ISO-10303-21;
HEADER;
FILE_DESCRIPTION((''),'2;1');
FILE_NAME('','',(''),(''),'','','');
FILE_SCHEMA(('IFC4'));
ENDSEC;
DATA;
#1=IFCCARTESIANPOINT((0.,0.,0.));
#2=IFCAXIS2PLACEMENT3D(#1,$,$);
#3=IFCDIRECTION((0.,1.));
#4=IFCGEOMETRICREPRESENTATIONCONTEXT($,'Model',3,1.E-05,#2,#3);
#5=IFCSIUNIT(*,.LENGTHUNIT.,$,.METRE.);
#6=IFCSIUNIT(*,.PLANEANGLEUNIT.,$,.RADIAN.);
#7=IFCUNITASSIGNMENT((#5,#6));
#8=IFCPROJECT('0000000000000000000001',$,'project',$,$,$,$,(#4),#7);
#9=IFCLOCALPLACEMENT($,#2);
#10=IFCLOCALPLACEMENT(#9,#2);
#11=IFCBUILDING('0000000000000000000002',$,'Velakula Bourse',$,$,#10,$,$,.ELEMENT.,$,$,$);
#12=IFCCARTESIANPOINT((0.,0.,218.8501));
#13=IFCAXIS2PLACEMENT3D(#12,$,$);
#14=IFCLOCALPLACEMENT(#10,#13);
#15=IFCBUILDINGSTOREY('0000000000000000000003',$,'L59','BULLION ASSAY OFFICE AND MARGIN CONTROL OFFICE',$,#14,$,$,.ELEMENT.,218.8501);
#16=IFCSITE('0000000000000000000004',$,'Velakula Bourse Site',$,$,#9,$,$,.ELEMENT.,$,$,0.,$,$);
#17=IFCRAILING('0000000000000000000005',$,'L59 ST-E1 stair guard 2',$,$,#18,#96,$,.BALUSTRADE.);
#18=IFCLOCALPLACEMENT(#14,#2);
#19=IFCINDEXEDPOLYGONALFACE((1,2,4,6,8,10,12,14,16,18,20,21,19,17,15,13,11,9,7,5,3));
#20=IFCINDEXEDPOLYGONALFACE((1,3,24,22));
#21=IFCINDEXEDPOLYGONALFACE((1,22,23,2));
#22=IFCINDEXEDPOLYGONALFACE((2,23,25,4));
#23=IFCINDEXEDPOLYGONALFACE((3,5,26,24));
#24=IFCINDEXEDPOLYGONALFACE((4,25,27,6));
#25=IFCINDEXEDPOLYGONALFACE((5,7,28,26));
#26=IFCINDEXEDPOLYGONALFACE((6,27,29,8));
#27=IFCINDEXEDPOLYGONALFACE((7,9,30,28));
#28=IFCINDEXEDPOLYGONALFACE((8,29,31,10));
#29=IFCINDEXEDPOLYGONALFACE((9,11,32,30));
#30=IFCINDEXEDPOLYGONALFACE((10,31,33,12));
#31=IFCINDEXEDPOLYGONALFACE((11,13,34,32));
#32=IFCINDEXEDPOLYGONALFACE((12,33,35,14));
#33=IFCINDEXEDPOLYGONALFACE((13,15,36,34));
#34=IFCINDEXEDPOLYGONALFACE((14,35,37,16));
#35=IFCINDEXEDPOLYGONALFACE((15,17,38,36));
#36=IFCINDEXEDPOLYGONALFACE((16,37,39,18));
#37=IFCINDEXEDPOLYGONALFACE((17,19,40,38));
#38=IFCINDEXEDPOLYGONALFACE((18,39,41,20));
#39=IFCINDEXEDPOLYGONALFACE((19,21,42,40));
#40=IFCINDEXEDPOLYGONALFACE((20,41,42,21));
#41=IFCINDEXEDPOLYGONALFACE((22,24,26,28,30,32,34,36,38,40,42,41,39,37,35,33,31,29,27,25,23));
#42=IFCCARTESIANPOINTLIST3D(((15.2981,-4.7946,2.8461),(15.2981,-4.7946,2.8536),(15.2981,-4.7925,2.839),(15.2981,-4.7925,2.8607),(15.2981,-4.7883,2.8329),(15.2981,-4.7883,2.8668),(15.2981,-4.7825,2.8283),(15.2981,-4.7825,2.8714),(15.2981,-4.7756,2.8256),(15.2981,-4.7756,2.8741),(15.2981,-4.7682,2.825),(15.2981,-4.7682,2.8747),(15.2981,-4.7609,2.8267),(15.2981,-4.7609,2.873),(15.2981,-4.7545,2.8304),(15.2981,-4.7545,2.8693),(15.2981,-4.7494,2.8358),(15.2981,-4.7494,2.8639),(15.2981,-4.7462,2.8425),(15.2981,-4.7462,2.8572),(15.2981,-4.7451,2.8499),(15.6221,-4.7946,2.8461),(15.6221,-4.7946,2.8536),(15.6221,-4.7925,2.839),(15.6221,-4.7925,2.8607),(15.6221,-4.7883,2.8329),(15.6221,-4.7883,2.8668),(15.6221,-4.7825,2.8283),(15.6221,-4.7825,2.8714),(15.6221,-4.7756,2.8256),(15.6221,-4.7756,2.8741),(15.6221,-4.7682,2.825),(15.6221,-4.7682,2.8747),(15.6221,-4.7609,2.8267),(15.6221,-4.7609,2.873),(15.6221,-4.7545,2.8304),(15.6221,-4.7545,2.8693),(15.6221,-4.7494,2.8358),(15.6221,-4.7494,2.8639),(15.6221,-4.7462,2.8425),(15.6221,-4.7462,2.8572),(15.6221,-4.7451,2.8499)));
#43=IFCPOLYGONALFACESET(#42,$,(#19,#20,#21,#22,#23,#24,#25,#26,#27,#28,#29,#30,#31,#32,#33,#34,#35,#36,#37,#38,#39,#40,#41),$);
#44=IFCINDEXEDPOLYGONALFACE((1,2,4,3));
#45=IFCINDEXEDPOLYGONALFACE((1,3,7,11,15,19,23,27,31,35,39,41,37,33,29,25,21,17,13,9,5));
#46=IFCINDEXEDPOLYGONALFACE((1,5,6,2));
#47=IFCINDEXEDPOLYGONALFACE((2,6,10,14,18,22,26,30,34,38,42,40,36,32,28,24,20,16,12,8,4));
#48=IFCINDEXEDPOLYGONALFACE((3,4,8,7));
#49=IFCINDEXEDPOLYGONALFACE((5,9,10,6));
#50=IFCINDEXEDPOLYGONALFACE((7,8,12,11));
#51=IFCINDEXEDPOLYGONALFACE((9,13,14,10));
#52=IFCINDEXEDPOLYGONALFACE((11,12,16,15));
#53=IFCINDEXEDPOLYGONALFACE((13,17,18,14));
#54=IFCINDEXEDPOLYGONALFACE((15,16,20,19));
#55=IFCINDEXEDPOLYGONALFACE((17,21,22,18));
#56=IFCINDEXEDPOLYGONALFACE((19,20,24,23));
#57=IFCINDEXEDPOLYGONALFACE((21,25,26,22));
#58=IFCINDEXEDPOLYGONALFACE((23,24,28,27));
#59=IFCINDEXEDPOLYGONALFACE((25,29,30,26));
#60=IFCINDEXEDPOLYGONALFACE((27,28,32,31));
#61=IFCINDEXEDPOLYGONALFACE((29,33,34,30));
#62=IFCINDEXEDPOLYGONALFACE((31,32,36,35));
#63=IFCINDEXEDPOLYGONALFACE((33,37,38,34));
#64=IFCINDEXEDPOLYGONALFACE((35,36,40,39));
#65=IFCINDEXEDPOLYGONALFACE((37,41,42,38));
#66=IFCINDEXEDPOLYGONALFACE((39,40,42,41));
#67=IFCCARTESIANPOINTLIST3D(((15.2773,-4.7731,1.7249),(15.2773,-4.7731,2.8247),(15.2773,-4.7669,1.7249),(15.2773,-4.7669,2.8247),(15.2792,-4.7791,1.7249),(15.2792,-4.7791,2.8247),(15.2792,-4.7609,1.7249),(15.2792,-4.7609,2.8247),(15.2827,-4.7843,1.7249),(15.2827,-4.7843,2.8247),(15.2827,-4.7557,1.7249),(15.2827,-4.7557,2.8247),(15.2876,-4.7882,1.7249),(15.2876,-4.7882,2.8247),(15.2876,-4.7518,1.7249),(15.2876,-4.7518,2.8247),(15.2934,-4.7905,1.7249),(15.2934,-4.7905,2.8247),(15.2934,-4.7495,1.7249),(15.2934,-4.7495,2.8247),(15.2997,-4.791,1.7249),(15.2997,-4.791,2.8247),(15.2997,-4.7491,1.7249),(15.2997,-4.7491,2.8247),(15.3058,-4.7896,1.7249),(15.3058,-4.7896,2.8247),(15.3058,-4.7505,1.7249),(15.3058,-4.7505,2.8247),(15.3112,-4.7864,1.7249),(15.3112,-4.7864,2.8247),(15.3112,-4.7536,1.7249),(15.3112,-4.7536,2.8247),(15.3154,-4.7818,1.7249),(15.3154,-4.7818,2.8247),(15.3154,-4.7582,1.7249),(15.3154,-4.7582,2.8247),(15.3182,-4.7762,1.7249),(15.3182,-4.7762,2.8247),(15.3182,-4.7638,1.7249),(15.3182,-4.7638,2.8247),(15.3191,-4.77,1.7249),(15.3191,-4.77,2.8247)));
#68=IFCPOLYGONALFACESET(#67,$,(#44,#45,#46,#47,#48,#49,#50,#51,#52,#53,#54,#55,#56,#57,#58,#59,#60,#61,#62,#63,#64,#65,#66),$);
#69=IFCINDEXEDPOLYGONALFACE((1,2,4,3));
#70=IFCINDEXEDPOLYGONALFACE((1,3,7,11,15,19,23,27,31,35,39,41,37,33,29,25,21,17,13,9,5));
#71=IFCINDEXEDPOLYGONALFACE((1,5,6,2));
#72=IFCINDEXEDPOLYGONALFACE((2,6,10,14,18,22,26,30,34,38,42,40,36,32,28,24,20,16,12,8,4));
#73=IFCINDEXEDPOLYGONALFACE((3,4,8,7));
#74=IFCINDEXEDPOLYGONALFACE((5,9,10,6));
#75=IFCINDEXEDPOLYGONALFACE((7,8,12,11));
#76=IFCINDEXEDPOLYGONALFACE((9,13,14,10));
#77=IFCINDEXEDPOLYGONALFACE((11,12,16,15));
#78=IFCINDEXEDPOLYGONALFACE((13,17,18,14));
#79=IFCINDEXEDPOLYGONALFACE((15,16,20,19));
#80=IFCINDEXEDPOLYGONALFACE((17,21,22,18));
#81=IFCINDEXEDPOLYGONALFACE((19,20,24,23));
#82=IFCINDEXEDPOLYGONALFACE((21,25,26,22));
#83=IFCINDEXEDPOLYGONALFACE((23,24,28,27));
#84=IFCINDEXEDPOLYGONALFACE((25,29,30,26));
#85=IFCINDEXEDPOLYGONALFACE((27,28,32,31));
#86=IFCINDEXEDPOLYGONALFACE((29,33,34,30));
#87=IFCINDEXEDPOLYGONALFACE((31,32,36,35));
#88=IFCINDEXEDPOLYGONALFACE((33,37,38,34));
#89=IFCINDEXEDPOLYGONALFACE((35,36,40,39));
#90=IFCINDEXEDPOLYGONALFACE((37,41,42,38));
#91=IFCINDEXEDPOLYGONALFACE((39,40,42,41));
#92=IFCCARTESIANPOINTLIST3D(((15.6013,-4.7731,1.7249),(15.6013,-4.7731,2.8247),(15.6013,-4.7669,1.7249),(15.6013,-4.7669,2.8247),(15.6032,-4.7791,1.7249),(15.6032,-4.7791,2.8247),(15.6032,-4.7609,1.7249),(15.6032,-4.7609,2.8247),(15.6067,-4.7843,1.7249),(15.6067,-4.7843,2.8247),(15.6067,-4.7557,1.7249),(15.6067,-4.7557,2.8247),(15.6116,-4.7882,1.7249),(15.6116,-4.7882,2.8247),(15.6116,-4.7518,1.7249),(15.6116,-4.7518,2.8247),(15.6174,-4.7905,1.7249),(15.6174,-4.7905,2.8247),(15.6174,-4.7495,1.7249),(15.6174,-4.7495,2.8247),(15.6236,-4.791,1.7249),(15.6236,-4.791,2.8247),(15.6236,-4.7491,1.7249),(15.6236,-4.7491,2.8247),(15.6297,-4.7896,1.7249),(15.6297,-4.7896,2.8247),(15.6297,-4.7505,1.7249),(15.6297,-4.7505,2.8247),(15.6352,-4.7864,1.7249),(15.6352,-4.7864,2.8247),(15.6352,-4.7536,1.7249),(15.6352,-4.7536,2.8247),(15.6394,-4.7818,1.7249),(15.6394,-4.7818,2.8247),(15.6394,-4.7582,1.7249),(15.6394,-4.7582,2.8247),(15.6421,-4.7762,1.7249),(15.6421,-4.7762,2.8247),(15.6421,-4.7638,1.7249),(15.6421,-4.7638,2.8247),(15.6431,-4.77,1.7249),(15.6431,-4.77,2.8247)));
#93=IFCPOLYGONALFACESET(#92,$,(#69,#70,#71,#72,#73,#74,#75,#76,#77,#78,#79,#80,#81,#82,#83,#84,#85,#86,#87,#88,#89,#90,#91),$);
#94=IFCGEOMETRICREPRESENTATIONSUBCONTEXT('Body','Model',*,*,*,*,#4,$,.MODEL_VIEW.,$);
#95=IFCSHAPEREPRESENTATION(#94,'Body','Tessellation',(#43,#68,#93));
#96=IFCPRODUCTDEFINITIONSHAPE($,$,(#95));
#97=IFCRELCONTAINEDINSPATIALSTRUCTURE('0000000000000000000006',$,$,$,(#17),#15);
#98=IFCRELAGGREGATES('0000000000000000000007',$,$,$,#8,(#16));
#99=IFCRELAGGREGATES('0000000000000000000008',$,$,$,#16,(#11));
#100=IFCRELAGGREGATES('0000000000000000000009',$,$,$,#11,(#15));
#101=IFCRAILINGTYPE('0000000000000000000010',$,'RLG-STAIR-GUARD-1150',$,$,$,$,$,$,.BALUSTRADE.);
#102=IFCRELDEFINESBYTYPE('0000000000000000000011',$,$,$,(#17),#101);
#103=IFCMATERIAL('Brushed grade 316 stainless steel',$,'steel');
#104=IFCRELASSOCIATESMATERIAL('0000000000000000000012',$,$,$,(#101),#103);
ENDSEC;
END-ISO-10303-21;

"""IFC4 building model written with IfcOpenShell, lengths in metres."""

from ifc_helpers import new_model, si_unit, direction, frame, origin, origin_2d, place, context, subcontext, project, spatial, circle, extrude, material, type_object, element, save


model = new_model("IFC4")

# Units and contexts
model_context = context("Model", 3, precision=1e-05, world=origin(), true_north=direction((0.0, 1.0)))
body_context = subcontext(model_context, "Body", "Model", "MODEL_VIEW")
ifc_project = project(units=[si_unit("LENGTHUNIT", "METRE"), si_unit("PLANEANGLEUNIT", "RADIAN")], contexts=[model_context])

# Site, building, storey
site_placement = place(None, origin())
site = spatial("IfcSite", under=ifc_project, at=site_placement, Name="Velakula Bourse Site", CompositionType="ELEMENT", RefElevation=0.0)
building_placement = place(site_placement, origin())
building = spatial("IfcBuilding", under=site, at=building_placement, Name="Velakula Bourse", CompositionType="ELEMENT")
storey_placement = place(building_placement, frame((0.0, 0.0, 218.8501)))
storey = spatial("IfcBuildingStorey", under=building, at=storey_placement, Name="L59", Description="BULLION ASSAY OFFICE AND MARGIN CONTROL OFFICE", CompositionType="ELEMENT", Elevation=218.8501)

# Shared definitions
ifc_material_1 = material(Name="Brushed grade 316 stainless steel", Category="steel")

# Railing
railing_type_1 = type_object("IfcRailingType", Name="RLG-STAIR-GUARD-1150", PredefinedType="BALUSTRADE", material=ifc_material_1)
railing_1_placement = place(storey_placement, frame((15.2981, -4.77, 1.7249)))
element("IfcRailing", 1, at=railing_1_placement, inside=storey, type_object=railing_type_1, Name="L59 ST-E1 stair guard 2", PredefinedType="BALUSTRADE", context=body_context, shape_type="SweptSolid", body=[
    extrude(circle(Radius=0.0249, at=origin_2d()), frame((0.0, 0.0, 1.125), z_axis=(1.0, 0.0, 0.0), x_axis=(0.0, 1.0, 0.0)), (0.0, 0.0, 1.0), 0.324),
    extrude(circle(Radius=0.021, at=origin_2d()), origin(), (0.0, 0.0, 1.0), 1.0999),
    extrude(circle(Radius=0.021, at=origin_2d()), frame((0.324, 0.0, 0.0)), (0.0, 0.0, 1.0), 1.0999),
])

save(model, "model.ifc")
